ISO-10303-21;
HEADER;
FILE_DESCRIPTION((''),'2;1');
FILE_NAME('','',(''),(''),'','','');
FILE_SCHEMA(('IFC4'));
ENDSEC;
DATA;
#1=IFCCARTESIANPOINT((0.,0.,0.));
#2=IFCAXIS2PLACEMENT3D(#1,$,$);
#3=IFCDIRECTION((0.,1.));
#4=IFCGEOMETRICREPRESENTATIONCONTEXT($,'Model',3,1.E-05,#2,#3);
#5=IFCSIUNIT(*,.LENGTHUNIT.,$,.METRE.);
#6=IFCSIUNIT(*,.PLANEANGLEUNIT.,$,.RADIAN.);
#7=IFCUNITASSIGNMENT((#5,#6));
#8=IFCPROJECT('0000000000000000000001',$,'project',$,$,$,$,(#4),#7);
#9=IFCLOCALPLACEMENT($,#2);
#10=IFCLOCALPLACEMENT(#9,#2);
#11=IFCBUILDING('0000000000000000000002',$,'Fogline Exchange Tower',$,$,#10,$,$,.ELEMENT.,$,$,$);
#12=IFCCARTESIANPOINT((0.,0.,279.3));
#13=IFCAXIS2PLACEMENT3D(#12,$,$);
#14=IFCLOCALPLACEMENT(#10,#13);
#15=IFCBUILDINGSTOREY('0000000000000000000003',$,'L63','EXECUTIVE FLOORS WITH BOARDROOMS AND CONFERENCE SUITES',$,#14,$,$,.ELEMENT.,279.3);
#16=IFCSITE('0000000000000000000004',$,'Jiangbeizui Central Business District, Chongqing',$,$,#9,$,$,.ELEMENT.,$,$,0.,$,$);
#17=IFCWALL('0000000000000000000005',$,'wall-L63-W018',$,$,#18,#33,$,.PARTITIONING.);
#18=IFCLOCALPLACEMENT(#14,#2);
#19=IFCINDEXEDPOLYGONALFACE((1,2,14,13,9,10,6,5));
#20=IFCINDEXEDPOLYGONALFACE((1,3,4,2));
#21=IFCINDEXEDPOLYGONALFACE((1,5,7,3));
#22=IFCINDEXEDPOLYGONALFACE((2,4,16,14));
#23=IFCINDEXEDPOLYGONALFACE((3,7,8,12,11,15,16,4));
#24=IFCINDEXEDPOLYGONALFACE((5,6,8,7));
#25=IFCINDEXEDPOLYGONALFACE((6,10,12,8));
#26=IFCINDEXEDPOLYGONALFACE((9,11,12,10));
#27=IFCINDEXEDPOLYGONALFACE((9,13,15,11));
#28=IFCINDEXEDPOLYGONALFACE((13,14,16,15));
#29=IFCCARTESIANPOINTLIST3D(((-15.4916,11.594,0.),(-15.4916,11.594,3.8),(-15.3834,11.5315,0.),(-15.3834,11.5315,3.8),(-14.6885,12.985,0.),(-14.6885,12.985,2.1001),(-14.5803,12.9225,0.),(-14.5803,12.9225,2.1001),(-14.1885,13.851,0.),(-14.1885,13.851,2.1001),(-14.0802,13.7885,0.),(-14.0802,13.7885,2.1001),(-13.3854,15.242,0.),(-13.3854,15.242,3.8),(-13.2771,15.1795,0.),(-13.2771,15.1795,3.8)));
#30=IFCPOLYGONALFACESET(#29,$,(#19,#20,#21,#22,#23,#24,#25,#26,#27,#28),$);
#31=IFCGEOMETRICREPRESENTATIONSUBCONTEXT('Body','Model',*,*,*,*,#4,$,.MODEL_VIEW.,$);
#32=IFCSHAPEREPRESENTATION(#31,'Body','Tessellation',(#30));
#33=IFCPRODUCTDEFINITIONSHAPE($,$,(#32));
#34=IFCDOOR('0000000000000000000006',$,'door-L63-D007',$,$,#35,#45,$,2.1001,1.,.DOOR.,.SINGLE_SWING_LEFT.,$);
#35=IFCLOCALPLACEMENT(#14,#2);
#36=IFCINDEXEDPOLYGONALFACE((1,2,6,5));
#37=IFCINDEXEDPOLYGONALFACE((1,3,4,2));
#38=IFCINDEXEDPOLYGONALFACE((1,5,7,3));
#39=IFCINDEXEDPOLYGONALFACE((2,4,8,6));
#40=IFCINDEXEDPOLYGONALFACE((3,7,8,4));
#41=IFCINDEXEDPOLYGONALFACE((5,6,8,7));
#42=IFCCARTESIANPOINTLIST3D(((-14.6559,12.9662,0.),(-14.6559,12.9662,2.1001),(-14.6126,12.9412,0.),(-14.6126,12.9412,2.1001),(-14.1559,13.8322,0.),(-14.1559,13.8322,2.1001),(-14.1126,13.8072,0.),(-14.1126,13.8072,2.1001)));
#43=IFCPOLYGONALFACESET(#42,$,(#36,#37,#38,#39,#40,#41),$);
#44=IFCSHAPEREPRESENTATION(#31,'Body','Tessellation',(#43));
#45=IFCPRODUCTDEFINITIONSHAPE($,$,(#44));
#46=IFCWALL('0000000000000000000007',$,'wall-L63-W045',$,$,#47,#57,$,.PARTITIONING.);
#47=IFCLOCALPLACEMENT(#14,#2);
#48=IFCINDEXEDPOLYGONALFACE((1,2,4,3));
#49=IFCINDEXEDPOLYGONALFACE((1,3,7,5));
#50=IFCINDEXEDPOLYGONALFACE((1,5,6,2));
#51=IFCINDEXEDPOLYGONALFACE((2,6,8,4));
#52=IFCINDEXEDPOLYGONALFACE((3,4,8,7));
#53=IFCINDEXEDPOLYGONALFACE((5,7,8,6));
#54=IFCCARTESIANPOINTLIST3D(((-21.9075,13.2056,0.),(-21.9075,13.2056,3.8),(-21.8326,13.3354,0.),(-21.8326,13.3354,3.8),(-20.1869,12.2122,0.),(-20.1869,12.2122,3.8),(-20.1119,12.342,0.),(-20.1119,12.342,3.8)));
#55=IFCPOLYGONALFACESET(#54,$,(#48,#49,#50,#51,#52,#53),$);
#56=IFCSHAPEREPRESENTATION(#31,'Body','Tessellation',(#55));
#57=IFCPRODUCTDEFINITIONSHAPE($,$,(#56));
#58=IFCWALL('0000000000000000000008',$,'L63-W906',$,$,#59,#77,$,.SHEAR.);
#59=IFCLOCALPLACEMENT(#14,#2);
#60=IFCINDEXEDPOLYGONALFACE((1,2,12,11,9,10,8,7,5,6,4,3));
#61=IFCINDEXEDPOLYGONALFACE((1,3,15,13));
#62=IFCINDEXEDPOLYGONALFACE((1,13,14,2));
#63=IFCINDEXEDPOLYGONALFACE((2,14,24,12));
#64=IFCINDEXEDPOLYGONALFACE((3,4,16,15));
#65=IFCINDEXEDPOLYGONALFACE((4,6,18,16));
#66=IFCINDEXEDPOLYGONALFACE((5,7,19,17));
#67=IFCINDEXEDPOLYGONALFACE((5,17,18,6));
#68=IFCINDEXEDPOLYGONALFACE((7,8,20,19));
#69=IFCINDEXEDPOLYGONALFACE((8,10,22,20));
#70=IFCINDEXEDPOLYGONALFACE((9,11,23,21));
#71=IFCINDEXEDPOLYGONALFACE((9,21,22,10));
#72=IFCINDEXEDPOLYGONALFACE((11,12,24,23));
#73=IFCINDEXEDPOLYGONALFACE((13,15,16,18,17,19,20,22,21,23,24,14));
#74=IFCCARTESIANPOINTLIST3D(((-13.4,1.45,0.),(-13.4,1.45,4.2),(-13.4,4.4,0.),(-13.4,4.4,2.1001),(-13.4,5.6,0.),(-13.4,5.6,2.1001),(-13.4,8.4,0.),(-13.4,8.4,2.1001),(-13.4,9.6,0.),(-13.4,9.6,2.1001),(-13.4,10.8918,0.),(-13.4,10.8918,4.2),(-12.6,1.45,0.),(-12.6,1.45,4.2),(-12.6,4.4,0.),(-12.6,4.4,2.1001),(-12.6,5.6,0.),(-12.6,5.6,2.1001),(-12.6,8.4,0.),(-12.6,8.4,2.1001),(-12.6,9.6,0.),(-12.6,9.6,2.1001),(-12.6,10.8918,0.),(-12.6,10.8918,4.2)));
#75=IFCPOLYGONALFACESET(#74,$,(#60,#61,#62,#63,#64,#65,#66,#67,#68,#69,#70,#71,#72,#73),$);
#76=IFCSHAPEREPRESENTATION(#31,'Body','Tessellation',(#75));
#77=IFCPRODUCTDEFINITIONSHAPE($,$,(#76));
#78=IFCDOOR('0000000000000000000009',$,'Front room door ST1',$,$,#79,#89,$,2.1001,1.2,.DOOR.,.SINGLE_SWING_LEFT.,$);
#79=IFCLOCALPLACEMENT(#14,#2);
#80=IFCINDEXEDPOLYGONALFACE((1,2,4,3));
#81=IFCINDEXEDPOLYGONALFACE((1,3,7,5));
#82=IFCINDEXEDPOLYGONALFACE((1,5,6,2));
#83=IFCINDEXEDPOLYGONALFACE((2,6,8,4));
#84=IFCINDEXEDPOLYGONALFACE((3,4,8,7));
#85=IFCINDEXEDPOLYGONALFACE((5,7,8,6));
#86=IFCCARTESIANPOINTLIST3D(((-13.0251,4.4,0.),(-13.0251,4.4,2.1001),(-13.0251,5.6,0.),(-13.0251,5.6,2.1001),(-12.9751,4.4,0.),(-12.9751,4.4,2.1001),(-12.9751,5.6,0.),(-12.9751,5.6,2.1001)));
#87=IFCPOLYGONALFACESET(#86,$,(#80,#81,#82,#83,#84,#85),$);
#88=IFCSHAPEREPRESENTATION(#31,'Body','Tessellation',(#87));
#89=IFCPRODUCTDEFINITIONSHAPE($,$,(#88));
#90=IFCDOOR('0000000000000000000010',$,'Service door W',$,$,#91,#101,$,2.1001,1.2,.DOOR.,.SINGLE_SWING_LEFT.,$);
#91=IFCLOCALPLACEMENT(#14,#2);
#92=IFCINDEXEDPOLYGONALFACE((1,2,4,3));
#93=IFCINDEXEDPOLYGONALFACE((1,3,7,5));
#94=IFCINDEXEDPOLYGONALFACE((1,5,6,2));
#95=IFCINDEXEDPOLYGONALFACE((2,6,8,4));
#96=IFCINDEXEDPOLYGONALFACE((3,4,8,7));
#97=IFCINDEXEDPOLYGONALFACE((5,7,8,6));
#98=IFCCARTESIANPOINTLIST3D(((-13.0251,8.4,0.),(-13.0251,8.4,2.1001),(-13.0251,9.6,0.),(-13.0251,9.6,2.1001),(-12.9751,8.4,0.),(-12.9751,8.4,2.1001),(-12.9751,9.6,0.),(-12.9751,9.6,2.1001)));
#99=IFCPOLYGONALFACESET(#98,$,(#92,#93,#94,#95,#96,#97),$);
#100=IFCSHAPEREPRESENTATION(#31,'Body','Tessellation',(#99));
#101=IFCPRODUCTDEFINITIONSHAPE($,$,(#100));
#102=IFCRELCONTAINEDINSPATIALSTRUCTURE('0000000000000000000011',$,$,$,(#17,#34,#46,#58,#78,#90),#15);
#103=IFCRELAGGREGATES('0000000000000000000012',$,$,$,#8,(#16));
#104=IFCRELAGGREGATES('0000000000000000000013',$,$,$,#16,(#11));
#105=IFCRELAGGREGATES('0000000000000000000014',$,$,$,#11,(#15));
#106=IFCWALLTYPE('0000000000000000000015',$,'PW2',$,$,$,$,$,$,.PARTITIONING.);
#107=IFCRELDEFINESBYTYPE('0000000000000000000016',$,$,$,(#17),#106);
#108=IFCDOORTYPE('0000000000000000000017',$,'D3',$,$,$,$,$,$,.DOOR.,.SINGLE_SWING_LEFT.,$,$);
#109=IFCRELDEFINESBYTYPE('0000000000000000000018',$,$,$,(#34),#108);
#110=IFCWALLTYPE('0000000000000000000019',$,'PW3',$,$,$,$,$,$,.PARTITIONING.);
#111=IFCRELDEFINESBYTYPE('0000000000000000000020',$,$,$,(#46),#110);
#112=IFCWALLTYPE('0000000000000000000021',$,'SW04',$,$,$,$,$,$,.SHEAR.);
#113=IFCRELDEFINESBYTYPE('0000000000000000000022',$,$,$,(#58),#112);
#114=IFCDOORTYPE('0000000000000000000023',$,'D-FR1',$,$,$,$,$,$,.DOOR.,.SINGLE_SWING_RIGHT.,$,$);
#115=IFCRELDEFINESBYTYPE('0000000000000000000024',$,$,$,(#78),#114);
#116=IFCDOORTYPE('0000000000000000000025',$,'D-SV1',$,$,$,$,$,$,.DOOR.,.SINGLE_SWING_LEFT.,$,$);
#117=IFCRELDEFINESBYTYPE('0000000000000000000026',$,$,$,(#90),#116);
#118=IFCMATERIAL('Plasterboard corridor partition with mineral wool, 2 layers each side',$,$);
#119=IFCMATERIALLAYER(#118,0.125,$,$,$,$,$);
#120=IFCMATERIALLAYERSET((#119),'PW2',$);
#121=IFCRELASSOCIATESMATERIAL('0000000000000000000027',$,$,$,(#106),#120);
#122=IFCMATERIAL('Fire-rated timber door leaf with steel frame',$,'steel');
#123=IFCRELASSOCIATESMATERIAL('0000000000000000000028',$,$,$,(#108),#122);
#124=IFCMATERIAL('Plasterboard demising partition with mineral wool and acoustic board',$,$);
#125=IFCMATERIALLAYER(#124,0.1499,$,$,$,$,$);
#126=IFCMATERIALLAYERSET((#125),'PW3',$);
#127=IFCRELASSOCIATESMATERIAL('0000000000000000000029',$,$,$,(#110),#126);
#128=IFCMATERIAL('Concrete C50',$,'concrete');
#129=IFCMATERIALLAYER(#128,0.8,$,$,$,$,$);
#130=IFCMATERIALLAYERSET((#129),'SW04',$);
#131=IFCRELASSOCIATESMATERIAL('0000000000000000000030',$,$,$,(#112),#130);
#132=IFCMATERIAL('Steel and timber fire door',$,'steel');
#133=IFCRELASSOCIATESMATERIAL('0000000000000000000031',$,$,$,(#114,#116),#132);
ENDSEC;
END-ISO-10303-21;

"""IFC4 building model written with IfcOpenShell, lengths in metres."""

from ifc_helpers import new_model, si_unit, direction, frame, frame_2d, origin, place, context, subcontext, project, spatial, rectangle, extrude, material, layer, layer_set, type_object, element, fill, save


model = new_model("IFC4")

# Units and contexts
model_context = context("Model", 3, precision=1e-05, world=origin(), true_north=direction((0.0, 1.0)))
body_context = subcontext(model_context, "Body", "Model", "MODEL_VIEW")
ifc_project = project(units=[si_unit("LENGTHUNIT", "METRE"), si_unit("PLANEANGLEUNIT", "RADIAN")], contexts=[model_context])

# Site, building, storey
site_placement = place(None, origin())
site = spatial("IfcSite", under=ifc_project, at=site_placement, Name="Jiangbeizui Central Business District, Chongqing", CompositionType="ELEMENT", RefElevation=0.0)
building_placement = place(site_placement, origin())
building = spatial("IfcBuilding", under=site, at=building_placement, Name="Fogline Exchange Tower", CompositionType="ELEMENT")
storey_placement = place(building_placement, frame((0.0, 0.0, 279.3)))
storey = spatial("IfcBuildingStorey", under=building, at=storey_placement, Name="L63", Description="EXECUTIVE FLOORS WITH BOARDROOMS AND CONFERENCE SUITES", CompositionType="ELEMENT", Elevation=279.3)

# Shared definitions
ifc_material_1 = material(Name="Plasterboard corridor partition with mineral wool, 2 layers each side")
ifc_layer_1 = layer(ifc_material_1, 0.125)
ifc_layer_set_1 = layer_set([ifc_layer_1], Name="PW2")
wall_type_1 = type_object("IfcWallType", Name="PW2", PredefinedType="PARTITIONING", material=ifc_layer_set_1)
ifc_material_2 = material(Name="Fire-rated timber door leaf with steel frame", Category="steel")
door_type_1 = type_object("IfcDoorType", Name="D3", OperationType="SINGLE_SWING_LEFT", PredefinedType="DOOR", material=ifc_material_2)

# Wall, opening, door
wall_1_placement = place(storey_placement, frame((-15.4375, 11.5627, 0.0), z_axis=(0.0, 0.0, 1.0), x_axis=(0.50001, 0.86602, 0.0)))
wall_1 = element("IfcWall", 1, at=wall_1_placement, inside=storey, type_object=wall_type_1, Name="wall-L63-W018", PredefinedType="PARTITIONING", context=body_context, shape_type="SweptSolid", body=[
    extrude(rectangle(XDim=4.2124, YDim=0.125, at=frame_2d((2.1062, 0.0))), origin(), (0.0, 0.0, 1.0), 3.8),
])
opening_1_placement = place(wall_1_placement, frame((1.6062, 0.0, 0.0)))
opening_1 = element("IfcOpeningElement", 2, at=opening_1_placement, cuts=wall_1, PredefinedType="OPENING", context=body_context, shape_type="SweptSolid", body=[
    extrude(rectangle(XDim=1.0, YDim=2.1001, at=frame_2d((0.5, 1.05))), frame((0.0, 0.0725, 0.0), z_axis=(0.0, -1.0, 0.0), x_axis=(1.0, 0.0, 0.0)), (0.0, 0.0, 1.0), 0.145),
])
door_1_placement = place(opening_1_placement, origin())
door_1 = element("IfcDoor", 3, at=door_1_placement, inside=storey, type_object=door_type_1, Name="door-L63-D007", OperationType="SINGLE_SWING_LEFT", OverallHeight=2.1001, OverallWidth=1.0, PredefinedType="DOOR", context=body_context, shape_type="SweptSolid", body=[
    extrude(rectangle(XDim=1.0, YDim=2.1001, at=frame_2d((0.5, 1.05))), frame((0.0, 0.0249, 0.0), z_axis=(0.0, -1.0, 0.0), x_axis=(1.0, 0.0, 0.0)), (0.0, 0.0, 1.0), 0.05),
])
fill(opening_1, door_1)

# Wall
ifc_material_3 = material(Name="Plasterboard demising partition with mineral wool and acoustic board")
ifc_layer_2 = layer(ifc_material_3, 0.1499)
ifc_layer_set_2 = layer_set([ifc_layer_2], Name="PW3")
wall_type_2 = type_object("IfcWallType", Name="PW3", PredefinedType="PARTITIONING", material=ifc_layer_set_2)
wall_2_placement = place(storey_placement, frame((-20.1494, 12.2771, 0.0), z_axis=(0.0, 0.0, 1.0), x_axis=(-0.866034, 0.499985, 0.0)))
element("IfcWall", 4, at=wall_2_placement, inside=storey, type_object=wall_type_2, Name="wall-L63-W045", PredefinedType="PARTITIONING", context=body_context, shape_type="SweptSolid", body=[
    extrude(rectangle(XDim=1.9868, YDim=0.1499, at=frame_2d((0.9934, 0.0))), origin(), (0.0, 0.0, 1.0), 3.8),
])

# Wall, openings, doors
ifc_material_4 = material(Name="Concrete C50", Category="concrete")
ifc_layer_3 = layer(ifc_material_4, 0.8)
ifc_layer_set_3 = layer_set([ifc_layer_3], Name="SW04")
wall_type_3 = type_object("IfcWallType", Name="SW04", PredefinedType="SHEAR", material=ifc_layer_set_3)
wall_3_placement = place(storey_placement, frame((-13.0, 10.8918, 0.0), z_axis=(0.0, 0.0, 1.0), x_axis=(0.0, -1.0, 0.0)))
wall_3 = element("IfcWall", 5, at=wall_3_placement, inside=storey, type_object=wall_type_3, Name="L63-W906", PredefinedType="SHEAR", context=body_context, shape_type="SweptSolid", body=[
    extrude(rectangle(XDim=9.4419, YDim=0.8, at=frame_2d((4.7209, 0.0))), origin(), (0.0, 0.0, 1.0), 4.2),
])
opening_2_placement = place(wall_3_placement, frame((5.2917, 0.0, 0.0)))
opening_2 = element("IfcOpeningElement", 6, at=opening_2_placement, cuts=wall_3, PredefinedType="OPENING", context=body_context, shape_type="SweptSolid", body=[
    extrude(rectangle(XDim=1.2, YDim=2.1001, at=frame_2d((0.6001, 1.05))), frame((0.0, 0.4102, 0.0), z_axis=(0.0, -1.0, 0.0), x_axis=(1.0, 0.0, 0.0)), (0.0, 0.0, 1.0), 0.8201),
])
opening_3_placement = place(wall_3_placement, frame((1.2917, 0.0, 0.0)))
opening_3 = element("IfcOpeningElement", 7, at=opening_3_placement, cuts=wall_3, PredefinedType="OPENING", context=body_context, shape_type="SweptSolid", body=[
    extrude(rectangle(XDim=1.2, YDim=2.1001, at=frame_2d((0.6001, 1.05))), frame((0.0, 0.4102, 0.0), z_axis=(0.0, -1.0, 0.0), x_axis=(1.0, 0.0, 0.0)), (0.0, 0.0, 1.0), 0.8201),
])
ifc_material_5 = material(Name="Steel and timber fire door", Category="steel")
door_type_2 = type_object("IfcDoorType", Name="D-FR1", OperationType="SINGLE_SWING_RIGHT", PredefinedType="DOOR", material=ifc_material_5)
door_2_placement = place(opening_2_placement, origin())
door_2 = element("IfcDoor", 8, at=door_2_placement, inside=storey, type_object=door_type_2, Name="Front room door ST1", OperationType="SINGLE_SWING_LEFT", OverallHeight=2.1001, OverallWidth=1.2, PredefinedType="DOOR", context=body_context, shape_type="SweptSolid", body=[
    extrude(rectangle(XDim=1.2, YDim=2.1001, at=frame_2d((0.6001, 1.05))), frame((0.0, 0.0249, 0.0), z_axis=(0.0, -1.0, 0.0), x_axis=(1.0, 0.0, 0.0)), (0.0, 0.0, 1.0), 0.05),
])
fill(opening_2, door_2)
door_type_3 = type_object("IfcDoorType", Name="D-SV1", OperationType="SINGLE_SWING_LEFT", PredefinedType="DOOR", material=ifc_material_5)
door_3_placement = place(opening_3_placement, origin())
door_3 = element("IfcDoor", 9, at=door_3_placement, inside=storey, type_object=door_type_3, Name="Service door W", OperationType="SINGLE_SWING_LEFT", OverallHeight=2.1001, OverallWidth=1.2, PredefinedType="DOOR", context=body_context, shape_type="SweptSolid", body=[
    extrude(rectangle(XDim=1.2, YDim=2.1001, at=frame_2d((0.6001, 1.05))), frame((0.0, 0.0249, 0.0), z_axis=(0.0, -1.0, 0.0), x_axis=(1.0, 0.0, 0.0)), (0.0, 0.0, 1.0), 0.05),
])
fill(opening_3, door_3)

save(model, "model.ifc")
